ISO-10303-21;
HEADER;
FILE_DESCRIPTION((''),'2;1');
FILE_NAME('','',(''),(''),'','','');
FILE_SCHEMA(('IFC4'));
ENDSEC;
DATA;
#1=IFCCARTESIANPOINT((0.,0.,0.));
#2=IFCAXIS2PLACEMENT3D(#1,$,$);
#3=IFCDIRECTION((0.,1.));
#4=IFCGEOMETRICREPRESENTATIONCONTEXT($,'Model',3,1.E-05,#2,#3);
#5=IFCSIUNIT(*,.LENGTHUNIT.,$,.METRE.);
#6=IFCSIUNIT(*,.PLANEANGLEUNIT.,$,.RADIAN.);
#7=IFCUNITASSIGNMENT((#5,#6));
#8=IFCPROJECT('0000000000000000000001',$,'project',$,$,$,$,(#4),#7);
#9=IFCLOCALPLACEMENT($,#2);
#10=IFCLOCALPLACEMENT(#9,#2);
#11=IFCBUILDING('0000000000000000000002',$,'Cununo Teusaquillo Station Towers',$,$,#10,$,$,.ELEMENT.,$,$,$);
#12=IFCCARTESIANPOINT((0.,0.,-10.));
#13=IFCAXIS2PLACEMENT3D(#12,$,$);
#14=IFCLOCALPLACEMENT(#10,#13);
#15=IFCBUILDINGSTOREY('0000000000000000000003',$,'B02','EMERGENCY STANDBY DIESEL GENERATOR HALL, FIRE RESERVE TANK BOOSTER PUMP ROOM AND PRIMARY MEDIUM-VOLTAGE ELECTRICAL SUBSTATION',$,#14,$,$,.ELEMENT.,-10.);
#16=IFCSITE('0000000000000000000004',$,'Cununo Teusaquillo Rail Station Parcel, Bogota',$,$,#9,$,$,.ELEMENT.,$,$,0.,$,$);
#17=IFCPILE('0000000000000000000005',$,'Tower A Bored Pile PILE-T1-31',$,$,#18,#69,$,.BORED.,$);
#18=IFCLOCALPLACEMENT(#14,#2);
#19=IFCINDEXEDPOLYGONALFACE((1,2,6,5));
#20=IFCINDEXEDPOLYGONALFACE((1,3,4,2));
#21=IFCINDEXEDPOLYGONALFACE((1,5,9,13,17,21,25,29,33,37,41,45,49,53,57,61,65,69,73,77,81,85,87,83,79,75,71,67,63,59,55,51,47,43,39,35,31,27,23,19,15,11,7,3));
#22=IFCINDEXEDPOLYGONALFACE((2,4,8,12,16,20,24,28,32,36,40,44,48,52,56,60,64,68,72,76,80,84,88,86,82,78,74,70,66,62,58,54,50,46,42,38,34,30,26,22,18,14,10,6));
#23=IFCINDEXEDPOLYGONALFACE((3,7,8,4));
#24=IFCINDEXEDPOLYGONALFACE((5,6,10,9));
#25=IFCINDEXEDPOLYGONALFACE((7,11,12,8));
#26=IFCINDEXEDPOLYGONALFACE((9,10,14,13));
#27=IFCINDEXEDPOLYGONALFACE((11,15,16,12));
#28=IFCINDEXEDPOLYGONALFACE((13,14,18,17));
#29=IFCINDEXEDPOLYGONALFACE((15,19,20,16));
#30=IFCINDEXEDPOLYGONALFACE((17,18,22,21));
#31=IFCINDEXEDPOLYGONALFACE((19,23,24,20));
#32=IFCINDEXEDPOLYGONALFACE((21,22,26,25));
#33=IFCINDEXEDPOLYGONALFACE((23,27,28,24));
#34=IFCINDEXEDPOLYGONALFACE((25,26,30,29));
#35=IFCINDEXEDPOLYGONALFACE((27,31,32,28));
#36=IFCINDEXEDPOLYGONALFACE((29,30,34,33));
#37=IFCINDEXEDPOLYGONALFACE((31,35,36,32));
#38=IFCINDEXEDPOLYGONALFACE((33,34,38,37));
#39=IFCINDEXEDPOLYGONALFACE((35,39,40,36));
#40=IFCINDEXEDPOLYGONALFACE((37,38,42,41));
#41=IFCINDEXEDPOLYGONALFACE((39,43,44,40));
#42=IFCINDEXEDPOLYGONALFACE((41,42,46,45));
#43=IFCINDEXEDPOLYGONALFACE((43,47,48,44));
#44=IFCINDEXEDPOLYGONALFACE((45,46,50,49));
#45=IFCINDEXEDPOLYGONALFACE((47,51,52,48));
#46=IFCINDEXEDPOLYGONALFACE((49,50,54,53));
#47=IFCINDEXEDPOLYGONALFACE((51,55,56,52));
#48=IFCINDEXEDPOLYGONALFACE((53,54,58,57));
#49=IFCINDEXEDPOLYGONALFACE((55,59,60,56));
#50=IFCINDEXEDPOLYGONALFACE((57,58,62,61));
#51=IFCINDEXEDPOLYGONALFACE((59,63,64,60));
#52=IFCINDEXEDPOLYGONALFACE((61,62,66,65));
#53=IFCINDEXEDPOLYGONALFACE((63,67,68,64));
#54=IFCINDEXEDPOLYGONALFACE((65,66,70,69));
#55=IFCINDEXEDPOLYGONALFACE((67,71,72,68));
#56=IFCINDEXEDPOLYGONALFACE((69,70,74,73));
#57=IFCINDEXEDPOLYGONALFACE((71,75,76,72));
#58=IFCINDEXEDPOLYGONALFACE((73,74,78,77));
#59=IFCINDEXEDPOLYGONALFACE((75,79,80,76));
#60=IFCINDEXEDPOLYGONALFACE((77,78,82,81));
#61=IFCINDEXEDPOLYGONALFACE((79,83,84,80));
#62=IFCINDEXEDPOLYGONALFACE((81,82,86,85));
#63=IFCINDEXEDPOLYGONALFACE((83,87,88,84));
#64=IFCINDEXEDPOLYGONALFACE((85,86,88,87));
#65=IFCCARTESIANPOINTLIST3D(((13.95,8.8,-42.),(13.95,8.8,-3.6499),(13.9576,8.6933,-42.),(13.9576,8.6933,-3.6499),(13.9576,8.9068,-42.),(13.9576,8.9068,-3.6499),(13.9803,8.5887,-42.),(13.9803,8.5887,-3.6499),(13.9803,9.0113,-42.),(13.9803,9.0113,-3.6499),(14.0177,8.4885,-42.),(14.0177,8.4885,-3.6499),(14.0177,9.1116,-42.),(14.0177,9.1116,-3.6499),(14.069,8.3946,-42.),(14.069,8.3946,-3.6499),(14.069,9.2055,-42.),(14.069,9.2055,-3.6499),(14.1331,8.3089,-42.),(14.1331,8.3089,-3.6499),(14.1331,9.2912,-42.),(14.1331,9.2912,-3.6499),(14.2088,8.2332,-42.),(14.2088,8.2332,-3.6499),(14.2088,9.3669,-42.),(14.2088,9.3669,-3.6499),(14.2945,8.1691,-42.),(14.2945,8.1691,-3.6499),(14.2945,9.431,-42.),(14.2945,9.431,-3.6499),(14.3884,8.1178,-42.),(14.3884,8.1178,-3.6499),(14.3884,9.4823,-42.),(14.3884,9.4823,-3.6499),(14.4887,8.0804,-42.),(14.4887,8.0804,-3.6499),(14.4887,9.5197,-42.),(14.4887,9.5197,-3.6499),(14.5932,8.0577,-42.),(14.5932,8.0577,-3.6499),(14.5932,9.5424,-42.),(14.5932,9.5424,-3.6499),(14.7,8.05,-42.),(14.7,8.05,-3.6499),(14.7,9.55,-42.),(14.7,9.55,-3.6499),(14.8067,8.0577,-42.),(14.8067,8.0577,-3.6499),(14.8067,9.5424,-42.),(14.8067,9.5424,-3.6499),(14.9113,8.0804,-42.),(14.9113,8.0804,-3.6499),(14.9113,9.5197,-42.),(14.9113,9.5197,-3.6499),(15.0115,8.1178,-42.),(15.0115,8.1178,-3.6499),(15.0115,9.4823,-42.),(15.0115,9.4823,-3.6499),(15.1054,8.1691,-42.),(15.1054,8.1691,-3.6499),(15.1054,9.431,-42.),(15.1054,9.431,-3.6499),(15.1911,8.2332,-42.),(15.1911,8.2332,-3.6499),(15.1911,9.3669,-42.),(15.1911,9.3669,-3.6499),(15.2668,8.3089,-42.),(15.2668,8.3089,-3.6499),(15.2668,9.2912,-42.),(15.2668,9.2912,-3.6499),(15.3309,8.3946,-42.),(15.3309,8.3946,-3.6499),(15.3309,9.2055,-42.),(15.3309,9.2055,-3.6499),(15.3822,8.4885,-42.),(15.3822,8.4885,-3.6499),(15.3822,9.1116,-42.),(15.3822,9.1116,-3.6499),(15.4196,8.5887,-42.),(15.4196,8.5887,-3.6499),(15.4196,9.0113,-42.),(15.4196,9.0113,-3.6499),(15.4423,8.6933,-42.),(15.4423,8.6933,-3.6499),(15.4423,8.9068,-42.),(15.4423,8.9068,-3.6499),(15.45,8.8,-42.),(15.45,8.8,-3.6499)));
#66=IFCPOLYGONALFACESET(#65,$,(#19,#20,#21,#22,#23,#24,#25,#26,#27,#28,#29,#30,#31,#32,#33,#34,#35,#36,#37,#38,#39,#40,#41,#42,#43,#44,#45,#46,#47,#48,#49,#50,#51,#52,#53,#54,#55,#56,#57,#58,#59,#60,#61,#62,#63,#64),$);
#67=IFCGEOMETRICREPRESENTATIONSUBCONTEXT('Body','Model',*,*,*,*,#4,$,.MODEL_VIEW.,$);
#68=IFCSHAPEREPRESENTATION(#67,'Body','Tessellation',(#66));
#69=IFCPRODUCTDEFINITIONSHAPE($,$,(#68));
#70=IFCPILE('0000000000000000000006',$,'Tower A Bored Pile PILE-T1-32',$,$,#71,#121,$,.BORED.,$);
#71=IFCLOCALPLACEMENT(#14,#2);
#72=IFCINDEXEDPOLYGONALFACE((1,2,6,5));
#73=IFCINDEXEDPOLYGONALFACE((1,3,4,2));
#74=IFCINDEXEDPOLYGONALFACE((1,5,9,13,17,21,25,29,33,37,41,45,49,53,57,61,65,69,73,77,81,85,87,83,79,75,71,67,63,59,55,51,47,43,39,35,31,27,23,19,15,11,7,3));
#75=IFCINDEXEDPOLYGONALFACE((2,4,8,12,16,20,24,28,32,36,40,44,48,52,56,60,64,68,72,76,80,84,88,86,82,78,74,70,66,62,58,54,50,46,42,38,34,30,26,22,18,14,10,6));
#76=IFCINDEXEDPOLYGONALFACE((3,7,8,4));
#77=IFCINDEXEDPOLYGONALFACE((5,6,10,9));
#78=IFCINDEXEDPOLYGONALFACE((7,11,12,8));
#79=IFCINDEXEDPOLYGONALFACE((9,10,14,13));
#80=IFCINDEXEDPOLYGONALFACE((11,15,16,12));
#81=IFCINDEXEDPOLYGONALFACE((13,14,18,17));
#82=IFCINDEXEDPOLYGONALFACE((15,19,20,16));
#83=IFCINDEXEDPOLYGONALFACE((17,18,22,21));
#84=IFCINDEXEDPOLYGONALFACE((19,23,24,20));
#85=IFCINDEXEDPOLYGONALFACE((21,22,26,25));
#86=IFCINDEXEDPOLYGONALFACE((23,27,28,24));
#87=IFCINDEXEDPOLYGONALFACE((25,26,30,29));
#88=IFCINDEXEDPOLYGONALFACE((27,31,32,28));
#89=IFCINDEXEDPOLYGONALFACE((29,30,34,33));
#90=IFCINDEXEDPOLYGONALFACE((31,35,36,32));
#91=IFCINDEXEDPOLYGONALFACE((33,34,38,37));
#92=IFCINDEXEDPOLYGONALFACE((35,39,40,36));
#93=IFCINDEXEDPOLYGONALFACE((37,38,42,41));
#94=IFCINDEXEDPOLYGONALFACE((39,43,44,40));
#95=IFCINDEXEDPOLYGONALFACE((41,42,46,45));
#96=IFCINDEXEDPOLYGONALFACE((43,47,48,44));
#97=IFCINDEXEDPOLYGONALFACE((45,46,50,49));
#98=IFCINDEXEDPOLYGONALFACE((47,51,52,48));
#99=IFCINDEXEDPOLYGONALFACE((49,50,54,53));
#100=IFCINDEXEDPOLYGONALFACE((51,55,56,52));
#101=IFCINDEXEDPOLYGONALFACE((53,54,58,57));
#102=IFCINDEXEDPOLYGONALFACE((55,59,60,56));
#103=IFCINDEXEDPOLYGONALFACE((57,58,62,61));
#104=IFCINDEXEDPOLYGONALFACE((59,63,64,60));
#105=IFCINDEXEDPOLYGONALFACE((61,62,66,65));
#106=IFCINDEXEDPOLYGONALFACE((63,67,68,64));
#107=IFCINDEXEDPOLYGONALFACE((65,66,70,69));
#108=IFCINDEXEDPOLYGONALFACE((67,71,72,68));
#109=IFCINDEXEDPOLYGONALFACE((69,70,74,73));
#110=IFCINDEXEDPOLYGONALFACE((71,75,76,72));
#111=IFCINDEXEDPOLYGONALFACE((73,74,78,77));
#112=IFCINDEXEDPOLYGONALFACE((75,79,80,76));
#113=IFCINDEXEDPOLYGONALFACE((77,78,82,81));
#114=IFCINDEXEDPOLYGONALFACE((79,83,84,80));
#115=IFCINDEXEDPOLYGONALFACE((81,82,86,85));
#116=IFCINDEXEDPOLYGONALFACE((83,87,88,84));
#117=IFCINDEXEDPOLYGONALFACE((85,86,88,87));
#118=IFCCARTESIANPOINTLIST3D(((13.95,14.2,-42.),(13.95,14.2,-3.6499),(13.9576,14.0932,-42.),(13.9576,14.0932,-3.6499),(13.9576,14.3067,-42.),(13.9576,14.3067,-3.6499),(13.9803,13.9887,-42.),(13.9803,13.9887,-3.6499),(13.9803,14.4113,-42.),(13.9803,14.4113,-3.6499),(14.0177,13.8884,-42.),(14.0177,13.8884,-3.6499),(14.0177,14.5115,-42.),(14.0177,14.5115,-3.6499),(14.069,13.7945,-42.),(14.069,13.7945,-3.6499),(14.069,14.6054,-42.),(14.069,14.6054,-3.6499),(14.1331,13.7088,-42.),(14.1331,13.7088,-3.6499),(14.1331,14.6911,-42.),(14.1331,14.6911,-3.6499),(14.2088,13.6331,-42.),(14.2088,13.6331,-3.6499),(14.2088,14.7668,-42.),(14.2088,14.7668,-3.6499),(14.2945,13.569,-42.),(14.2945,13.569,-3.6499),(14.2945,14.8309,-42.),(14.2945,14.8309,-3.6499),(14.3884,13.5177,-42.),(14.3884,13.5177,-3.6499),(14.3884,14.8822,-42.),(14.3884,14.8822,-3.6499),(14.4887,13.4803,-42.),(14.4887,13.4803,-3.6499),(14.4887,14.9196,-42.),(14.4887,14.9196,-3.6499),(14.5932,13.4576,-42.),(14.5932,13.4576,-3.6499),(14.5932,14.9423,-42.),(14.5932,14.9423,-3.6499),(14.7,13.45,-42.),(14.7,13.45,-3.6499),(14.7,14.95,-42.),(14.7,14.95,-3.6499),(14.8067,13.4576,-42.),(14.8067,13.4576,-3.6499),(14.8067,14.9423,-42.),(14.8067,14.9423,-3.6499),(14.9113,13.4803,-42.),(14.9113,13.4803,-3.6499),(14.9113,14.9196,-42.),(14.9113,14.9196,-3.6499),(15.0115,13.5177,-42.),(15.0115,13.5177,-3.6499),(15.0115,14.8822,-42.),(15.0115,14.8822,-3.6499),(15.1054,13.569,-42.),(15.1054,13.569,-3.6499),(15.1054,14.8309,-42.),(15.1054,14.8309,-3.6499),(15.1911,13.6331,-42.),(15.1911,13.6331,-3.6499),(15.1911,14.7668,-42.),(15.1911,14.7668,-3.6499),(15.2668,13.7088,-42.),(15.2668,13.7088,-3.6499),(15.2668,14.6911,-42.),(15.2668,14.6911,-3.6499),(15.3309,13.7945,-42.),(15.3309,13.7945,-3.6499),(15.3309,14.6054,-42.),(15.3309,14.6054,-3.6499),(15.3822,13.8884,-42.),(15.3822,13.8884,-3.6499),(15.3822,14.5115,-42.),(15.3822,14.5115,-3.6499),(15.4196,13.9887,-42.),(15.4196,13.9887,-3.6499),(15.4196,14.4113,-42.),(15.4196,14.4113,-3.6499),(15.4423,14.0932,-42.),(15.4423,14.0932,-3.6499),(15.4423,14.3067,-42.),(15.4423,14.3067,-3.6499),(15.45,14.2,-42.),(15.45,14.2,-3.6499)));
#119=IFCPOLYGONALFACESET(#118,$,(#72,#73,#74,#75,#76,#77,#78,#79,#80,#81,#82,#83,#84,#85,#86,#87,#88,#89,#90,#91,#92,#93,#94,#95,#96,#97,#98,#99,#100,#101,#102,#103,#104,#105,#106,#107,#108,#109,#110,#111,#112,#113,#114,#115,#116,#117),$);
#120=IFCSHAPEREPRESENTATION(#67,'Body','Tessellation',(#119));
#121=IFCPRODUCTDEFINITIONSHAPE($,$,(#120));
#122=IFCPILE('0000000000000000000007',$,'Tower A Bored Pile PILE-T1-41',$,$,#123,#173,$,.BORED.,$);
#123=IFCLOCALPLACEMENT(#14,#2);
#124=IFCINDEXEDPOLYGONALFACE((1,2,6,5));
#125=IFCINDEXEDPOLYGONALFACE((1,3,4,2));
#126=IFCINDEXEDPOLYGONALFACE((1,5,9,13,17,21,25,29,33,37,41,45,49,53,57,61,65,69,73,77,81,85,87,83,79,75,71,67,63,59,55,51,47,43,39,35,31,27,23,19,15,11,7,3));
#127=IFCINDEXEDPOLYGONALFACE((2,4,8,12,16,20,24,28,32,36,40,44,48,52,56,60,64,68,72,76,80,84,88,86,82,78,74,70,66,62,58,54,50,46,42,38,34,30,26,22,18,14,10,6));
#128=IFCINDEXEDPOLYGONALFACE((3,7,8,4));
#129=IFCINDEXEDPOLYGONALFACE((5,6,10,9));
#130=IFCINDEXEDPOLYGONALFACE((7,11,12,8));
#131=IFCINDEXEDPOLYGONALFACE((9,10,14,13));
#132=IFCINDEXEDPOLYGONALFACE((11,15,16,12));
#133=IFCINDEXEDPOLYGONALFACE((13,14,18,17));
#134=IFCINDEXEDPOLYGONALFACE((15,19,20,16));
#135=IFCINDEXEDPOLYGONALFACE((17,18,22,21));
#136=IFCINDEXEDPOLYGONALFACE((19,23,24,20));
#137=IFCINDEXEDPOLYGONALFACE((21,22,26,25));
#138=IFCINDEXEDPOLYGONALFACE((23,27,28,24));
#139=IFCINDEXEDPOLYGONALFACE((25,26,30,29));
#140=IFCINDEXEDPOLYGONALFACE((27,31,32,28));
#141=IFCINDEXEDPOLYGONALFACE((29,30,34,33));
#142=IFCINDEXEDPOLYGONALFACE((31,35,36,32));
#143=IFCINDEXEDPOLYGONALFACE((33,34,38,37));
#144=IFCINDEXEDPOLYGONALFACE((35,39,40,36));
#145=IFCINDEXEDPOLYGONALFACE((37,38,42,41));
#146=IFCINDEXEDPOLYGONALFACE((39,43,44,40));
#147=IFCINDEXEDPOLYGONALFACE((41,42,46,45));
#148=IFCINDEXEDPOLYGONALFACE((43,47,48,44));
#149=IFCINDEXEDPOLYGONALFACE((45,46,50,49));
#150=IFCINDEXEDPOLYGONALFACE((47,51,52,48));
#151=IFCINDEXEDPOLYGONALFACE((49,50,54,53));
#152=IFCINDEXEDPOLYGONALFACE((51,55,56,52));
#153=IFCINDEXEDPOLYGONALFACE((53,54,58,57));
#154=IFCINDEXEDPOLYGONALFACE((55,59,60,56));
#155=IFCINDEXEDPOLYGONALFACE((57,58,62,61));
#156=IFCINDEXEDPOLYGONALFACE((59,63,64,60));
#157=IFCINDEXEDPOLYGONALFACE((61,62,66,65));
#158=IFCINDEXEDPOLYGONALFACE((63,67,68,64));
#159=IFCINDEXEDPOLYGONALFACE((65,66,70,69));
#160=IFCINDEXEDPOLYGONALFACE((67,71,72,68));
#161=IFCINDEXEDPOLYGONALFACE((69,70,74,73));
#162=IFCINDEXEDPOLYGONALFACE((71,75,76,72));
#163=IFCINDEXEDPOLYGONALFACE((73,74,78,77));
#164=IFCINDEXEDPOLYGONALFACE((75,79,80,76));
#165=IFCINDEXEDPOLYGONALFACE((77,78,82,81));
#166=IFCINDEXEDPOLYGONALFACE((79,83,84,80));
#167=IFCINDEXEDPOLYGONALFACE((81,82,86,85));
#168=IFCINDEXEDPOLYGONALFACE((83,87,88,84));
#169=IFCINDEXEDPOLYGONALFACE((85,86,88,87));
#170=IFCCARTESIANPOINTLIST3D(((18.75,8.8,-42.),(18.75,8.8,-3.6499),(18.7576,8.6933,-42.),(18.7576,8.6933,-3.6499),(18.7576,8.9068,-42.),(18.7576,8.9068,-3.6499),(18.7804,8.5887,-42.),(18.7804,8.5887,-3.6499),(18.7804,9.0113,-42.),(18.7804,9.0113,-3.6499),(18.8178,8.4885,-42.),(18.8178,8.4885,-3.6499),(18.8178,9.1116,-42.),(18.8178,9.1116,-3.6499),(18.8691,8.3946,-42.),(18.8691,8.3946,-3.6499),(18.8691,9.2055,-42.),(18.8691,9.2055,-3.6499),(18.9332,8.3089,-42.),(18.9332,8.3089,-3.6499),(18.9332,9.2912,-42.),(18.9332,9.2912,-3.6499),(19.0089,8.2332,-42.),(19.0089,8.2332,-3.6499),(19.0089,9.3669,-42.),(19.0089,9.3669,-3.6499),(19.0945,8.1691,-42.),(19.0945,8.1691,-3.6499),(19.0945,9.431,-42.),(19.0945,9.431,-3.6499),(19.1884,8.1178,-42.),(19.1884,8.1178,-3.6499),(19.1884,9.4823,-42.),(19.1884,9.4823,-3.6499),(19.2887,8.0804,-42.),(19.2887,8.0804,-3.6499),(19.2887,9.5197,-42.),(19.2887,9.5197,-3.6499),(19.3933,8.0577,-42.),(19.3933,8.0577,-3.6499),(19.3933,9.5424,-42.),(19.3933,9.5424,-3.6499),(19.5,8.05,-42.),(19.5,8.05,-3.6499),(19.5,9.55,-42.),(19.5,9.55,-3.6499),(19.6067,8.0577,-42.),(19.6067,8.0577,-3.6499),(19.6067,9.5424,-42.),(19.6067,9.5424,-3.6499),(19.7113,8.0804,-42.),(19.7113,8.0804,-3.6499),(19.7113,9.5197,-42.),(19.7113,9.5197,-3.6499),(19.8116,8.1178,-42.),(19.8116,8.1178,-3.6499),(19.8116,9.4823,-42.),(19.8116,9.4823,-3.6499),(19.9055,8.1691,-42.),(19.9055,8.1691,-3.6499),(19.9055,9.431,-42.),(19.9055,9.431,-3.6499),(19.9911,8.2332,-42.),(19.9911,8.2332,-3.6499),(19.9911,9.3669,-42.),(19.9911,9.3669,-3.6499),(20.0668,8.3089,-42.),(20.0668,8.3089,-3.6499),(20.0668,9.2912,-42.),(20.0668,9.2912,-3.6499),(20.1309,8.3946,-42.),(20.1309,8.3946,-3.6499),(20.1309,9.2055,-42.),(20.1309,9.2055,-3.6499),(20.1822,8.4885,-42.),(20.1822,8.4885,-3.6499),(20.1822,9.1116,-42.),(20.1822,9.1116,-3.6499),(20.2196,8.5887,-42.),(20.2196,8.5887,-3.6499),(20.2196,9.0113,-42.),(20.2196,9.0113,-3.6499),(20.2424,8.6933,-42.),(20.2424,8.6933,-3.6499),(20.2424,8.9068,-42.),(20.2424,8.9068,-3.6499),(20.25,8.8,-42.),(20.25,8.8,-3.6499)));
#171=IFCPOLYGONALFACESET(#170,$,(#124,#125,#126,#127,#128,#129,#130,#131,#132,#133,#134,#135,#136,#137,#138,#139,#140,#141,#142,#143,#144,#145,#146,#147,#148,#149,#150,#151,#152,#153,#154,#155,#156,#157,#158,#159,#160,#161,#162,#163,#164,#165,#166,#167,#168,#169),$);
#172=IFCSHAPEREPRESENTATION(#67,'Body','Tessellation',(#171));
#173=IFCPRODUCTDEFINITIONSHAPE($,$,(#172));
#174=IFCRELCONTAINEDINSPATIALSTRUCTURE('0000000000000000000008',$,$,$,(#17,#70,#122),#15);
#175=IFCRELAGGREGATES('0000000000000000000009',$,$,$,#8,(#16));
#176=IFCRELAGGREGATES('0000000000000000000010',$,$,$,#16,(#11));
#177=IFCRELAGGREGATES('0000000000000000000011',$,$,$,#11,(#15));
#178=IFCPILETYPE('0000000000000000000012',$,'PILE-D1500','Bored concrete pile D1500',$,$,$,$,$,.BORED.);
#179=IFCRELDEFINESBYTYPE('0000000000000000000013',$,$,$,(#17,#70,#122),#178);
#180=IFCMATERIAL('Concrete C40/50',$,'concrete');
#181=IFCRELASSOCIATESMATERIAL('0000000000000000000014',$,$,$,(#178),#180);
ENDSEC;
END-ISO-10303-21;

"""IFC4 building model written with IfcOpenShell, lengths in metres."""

from ifc_helpers import new_model, si_unit, direction, frame, origin, origin_2d, place, context, subcontext, project, spatial, circle, extrude, material, material_profile, profile_set, type_object, element, save


model = new_model("IFC4")

# Units and contexts
model_context = context("Model", 3, precision=1e-05, world=origin(), true_north=direction((0.0, 1.0)))
body_context = subcontext(model_context, "Body", "Model", "MODEL_VIEW")
ifc_project = project(units=[si_unit("LENGTHUNIT", "METRE"), si_unit("PLANEANGLEUNIT", "RADIAN")], contexts=[model_context])

# Site, building, storey
site_placement = place(None, origin())
site = spatial("IfcSite", under=ifc_project, at=site_placement, Name="Cununo Teusaquillo Rail Station Parcel, Bogota", CompositionType="ELEMENT", RefElevation=0.0)
building_placement = place(site_placement, origin())
building = spatial("IfcBuilding", under=site, at=building_placement, Name="Cununo Teusaquillo Station Towers", CompositionType="ELEMENT")
storey_placement = place(building_placement, frame((0.0, 0.0, -10.0)))
storey = spatial("IfcBuildingStorey", under=building, at=storey_placement, Name="B02", Description="EMERGENCY STANDBY DIESEL GENERATOR HALL, FIRE RESERVE TANK BOOSTER PUMP ROOM AND PRIMARY MEDIUM-VOLTAGE ELECTRICAL SUBSTATION", CompositionType="ELEMENT", Elevation=-10.0)

# Piles
ifc_material_1 = material(Name="Concrete C40/50", Category="concrete")
ifc_material_profile_1 = material_profile(ifc_material_1, circle(Radius=0.75, at=origin_2d()), Name="PILE-BORED-1500")
ifc_profile_set_1 = profile_set([ifc_material_profile_1], Name="Concrete C40/50")
pile_type = type_object("IfcPileType", Name="PILE-D1500", Description="Bored concrete pile D1500", PredefinedType="BORED", material=ifc_profile_set_1)
for number, where, z_axis, x_axis, name in (
    (1, (14.7, 8.8, -3.6499), (0.0, 0.0, -1.0), (1.0, 0.0, 0.0), "Tower A Bored Pile PILE-T1-31"),
    (2, (14.7, 14.2, -3.6499), (0.0, 0.0, -1.0), (1.0, 0.0, 0.0), "Tower A Bored Pile PILE-T1-32"),
    (3, (19.5, 8.8, -3.6499), (0.0, 0.0, -1.0), (1.0, 0.0, 0.0), "Tower A Bored Pile PILE-T1-41"),
):
    element("IfcPile", number, at=place(storey_placement, frame(where, z_axis=z_axis, x_axis=x_axis)), inside=storey, type_object=pile_type, Name=name, PredefinedType="BORED", context=body_context, shape_type="SweptSolid", body=[
        extrude(circle(Radius=0.75, at=origin_2d()), origin(), (0.0, 0.0, 1.0), 38.3501),
    ])

save(model, "model.ifc")
